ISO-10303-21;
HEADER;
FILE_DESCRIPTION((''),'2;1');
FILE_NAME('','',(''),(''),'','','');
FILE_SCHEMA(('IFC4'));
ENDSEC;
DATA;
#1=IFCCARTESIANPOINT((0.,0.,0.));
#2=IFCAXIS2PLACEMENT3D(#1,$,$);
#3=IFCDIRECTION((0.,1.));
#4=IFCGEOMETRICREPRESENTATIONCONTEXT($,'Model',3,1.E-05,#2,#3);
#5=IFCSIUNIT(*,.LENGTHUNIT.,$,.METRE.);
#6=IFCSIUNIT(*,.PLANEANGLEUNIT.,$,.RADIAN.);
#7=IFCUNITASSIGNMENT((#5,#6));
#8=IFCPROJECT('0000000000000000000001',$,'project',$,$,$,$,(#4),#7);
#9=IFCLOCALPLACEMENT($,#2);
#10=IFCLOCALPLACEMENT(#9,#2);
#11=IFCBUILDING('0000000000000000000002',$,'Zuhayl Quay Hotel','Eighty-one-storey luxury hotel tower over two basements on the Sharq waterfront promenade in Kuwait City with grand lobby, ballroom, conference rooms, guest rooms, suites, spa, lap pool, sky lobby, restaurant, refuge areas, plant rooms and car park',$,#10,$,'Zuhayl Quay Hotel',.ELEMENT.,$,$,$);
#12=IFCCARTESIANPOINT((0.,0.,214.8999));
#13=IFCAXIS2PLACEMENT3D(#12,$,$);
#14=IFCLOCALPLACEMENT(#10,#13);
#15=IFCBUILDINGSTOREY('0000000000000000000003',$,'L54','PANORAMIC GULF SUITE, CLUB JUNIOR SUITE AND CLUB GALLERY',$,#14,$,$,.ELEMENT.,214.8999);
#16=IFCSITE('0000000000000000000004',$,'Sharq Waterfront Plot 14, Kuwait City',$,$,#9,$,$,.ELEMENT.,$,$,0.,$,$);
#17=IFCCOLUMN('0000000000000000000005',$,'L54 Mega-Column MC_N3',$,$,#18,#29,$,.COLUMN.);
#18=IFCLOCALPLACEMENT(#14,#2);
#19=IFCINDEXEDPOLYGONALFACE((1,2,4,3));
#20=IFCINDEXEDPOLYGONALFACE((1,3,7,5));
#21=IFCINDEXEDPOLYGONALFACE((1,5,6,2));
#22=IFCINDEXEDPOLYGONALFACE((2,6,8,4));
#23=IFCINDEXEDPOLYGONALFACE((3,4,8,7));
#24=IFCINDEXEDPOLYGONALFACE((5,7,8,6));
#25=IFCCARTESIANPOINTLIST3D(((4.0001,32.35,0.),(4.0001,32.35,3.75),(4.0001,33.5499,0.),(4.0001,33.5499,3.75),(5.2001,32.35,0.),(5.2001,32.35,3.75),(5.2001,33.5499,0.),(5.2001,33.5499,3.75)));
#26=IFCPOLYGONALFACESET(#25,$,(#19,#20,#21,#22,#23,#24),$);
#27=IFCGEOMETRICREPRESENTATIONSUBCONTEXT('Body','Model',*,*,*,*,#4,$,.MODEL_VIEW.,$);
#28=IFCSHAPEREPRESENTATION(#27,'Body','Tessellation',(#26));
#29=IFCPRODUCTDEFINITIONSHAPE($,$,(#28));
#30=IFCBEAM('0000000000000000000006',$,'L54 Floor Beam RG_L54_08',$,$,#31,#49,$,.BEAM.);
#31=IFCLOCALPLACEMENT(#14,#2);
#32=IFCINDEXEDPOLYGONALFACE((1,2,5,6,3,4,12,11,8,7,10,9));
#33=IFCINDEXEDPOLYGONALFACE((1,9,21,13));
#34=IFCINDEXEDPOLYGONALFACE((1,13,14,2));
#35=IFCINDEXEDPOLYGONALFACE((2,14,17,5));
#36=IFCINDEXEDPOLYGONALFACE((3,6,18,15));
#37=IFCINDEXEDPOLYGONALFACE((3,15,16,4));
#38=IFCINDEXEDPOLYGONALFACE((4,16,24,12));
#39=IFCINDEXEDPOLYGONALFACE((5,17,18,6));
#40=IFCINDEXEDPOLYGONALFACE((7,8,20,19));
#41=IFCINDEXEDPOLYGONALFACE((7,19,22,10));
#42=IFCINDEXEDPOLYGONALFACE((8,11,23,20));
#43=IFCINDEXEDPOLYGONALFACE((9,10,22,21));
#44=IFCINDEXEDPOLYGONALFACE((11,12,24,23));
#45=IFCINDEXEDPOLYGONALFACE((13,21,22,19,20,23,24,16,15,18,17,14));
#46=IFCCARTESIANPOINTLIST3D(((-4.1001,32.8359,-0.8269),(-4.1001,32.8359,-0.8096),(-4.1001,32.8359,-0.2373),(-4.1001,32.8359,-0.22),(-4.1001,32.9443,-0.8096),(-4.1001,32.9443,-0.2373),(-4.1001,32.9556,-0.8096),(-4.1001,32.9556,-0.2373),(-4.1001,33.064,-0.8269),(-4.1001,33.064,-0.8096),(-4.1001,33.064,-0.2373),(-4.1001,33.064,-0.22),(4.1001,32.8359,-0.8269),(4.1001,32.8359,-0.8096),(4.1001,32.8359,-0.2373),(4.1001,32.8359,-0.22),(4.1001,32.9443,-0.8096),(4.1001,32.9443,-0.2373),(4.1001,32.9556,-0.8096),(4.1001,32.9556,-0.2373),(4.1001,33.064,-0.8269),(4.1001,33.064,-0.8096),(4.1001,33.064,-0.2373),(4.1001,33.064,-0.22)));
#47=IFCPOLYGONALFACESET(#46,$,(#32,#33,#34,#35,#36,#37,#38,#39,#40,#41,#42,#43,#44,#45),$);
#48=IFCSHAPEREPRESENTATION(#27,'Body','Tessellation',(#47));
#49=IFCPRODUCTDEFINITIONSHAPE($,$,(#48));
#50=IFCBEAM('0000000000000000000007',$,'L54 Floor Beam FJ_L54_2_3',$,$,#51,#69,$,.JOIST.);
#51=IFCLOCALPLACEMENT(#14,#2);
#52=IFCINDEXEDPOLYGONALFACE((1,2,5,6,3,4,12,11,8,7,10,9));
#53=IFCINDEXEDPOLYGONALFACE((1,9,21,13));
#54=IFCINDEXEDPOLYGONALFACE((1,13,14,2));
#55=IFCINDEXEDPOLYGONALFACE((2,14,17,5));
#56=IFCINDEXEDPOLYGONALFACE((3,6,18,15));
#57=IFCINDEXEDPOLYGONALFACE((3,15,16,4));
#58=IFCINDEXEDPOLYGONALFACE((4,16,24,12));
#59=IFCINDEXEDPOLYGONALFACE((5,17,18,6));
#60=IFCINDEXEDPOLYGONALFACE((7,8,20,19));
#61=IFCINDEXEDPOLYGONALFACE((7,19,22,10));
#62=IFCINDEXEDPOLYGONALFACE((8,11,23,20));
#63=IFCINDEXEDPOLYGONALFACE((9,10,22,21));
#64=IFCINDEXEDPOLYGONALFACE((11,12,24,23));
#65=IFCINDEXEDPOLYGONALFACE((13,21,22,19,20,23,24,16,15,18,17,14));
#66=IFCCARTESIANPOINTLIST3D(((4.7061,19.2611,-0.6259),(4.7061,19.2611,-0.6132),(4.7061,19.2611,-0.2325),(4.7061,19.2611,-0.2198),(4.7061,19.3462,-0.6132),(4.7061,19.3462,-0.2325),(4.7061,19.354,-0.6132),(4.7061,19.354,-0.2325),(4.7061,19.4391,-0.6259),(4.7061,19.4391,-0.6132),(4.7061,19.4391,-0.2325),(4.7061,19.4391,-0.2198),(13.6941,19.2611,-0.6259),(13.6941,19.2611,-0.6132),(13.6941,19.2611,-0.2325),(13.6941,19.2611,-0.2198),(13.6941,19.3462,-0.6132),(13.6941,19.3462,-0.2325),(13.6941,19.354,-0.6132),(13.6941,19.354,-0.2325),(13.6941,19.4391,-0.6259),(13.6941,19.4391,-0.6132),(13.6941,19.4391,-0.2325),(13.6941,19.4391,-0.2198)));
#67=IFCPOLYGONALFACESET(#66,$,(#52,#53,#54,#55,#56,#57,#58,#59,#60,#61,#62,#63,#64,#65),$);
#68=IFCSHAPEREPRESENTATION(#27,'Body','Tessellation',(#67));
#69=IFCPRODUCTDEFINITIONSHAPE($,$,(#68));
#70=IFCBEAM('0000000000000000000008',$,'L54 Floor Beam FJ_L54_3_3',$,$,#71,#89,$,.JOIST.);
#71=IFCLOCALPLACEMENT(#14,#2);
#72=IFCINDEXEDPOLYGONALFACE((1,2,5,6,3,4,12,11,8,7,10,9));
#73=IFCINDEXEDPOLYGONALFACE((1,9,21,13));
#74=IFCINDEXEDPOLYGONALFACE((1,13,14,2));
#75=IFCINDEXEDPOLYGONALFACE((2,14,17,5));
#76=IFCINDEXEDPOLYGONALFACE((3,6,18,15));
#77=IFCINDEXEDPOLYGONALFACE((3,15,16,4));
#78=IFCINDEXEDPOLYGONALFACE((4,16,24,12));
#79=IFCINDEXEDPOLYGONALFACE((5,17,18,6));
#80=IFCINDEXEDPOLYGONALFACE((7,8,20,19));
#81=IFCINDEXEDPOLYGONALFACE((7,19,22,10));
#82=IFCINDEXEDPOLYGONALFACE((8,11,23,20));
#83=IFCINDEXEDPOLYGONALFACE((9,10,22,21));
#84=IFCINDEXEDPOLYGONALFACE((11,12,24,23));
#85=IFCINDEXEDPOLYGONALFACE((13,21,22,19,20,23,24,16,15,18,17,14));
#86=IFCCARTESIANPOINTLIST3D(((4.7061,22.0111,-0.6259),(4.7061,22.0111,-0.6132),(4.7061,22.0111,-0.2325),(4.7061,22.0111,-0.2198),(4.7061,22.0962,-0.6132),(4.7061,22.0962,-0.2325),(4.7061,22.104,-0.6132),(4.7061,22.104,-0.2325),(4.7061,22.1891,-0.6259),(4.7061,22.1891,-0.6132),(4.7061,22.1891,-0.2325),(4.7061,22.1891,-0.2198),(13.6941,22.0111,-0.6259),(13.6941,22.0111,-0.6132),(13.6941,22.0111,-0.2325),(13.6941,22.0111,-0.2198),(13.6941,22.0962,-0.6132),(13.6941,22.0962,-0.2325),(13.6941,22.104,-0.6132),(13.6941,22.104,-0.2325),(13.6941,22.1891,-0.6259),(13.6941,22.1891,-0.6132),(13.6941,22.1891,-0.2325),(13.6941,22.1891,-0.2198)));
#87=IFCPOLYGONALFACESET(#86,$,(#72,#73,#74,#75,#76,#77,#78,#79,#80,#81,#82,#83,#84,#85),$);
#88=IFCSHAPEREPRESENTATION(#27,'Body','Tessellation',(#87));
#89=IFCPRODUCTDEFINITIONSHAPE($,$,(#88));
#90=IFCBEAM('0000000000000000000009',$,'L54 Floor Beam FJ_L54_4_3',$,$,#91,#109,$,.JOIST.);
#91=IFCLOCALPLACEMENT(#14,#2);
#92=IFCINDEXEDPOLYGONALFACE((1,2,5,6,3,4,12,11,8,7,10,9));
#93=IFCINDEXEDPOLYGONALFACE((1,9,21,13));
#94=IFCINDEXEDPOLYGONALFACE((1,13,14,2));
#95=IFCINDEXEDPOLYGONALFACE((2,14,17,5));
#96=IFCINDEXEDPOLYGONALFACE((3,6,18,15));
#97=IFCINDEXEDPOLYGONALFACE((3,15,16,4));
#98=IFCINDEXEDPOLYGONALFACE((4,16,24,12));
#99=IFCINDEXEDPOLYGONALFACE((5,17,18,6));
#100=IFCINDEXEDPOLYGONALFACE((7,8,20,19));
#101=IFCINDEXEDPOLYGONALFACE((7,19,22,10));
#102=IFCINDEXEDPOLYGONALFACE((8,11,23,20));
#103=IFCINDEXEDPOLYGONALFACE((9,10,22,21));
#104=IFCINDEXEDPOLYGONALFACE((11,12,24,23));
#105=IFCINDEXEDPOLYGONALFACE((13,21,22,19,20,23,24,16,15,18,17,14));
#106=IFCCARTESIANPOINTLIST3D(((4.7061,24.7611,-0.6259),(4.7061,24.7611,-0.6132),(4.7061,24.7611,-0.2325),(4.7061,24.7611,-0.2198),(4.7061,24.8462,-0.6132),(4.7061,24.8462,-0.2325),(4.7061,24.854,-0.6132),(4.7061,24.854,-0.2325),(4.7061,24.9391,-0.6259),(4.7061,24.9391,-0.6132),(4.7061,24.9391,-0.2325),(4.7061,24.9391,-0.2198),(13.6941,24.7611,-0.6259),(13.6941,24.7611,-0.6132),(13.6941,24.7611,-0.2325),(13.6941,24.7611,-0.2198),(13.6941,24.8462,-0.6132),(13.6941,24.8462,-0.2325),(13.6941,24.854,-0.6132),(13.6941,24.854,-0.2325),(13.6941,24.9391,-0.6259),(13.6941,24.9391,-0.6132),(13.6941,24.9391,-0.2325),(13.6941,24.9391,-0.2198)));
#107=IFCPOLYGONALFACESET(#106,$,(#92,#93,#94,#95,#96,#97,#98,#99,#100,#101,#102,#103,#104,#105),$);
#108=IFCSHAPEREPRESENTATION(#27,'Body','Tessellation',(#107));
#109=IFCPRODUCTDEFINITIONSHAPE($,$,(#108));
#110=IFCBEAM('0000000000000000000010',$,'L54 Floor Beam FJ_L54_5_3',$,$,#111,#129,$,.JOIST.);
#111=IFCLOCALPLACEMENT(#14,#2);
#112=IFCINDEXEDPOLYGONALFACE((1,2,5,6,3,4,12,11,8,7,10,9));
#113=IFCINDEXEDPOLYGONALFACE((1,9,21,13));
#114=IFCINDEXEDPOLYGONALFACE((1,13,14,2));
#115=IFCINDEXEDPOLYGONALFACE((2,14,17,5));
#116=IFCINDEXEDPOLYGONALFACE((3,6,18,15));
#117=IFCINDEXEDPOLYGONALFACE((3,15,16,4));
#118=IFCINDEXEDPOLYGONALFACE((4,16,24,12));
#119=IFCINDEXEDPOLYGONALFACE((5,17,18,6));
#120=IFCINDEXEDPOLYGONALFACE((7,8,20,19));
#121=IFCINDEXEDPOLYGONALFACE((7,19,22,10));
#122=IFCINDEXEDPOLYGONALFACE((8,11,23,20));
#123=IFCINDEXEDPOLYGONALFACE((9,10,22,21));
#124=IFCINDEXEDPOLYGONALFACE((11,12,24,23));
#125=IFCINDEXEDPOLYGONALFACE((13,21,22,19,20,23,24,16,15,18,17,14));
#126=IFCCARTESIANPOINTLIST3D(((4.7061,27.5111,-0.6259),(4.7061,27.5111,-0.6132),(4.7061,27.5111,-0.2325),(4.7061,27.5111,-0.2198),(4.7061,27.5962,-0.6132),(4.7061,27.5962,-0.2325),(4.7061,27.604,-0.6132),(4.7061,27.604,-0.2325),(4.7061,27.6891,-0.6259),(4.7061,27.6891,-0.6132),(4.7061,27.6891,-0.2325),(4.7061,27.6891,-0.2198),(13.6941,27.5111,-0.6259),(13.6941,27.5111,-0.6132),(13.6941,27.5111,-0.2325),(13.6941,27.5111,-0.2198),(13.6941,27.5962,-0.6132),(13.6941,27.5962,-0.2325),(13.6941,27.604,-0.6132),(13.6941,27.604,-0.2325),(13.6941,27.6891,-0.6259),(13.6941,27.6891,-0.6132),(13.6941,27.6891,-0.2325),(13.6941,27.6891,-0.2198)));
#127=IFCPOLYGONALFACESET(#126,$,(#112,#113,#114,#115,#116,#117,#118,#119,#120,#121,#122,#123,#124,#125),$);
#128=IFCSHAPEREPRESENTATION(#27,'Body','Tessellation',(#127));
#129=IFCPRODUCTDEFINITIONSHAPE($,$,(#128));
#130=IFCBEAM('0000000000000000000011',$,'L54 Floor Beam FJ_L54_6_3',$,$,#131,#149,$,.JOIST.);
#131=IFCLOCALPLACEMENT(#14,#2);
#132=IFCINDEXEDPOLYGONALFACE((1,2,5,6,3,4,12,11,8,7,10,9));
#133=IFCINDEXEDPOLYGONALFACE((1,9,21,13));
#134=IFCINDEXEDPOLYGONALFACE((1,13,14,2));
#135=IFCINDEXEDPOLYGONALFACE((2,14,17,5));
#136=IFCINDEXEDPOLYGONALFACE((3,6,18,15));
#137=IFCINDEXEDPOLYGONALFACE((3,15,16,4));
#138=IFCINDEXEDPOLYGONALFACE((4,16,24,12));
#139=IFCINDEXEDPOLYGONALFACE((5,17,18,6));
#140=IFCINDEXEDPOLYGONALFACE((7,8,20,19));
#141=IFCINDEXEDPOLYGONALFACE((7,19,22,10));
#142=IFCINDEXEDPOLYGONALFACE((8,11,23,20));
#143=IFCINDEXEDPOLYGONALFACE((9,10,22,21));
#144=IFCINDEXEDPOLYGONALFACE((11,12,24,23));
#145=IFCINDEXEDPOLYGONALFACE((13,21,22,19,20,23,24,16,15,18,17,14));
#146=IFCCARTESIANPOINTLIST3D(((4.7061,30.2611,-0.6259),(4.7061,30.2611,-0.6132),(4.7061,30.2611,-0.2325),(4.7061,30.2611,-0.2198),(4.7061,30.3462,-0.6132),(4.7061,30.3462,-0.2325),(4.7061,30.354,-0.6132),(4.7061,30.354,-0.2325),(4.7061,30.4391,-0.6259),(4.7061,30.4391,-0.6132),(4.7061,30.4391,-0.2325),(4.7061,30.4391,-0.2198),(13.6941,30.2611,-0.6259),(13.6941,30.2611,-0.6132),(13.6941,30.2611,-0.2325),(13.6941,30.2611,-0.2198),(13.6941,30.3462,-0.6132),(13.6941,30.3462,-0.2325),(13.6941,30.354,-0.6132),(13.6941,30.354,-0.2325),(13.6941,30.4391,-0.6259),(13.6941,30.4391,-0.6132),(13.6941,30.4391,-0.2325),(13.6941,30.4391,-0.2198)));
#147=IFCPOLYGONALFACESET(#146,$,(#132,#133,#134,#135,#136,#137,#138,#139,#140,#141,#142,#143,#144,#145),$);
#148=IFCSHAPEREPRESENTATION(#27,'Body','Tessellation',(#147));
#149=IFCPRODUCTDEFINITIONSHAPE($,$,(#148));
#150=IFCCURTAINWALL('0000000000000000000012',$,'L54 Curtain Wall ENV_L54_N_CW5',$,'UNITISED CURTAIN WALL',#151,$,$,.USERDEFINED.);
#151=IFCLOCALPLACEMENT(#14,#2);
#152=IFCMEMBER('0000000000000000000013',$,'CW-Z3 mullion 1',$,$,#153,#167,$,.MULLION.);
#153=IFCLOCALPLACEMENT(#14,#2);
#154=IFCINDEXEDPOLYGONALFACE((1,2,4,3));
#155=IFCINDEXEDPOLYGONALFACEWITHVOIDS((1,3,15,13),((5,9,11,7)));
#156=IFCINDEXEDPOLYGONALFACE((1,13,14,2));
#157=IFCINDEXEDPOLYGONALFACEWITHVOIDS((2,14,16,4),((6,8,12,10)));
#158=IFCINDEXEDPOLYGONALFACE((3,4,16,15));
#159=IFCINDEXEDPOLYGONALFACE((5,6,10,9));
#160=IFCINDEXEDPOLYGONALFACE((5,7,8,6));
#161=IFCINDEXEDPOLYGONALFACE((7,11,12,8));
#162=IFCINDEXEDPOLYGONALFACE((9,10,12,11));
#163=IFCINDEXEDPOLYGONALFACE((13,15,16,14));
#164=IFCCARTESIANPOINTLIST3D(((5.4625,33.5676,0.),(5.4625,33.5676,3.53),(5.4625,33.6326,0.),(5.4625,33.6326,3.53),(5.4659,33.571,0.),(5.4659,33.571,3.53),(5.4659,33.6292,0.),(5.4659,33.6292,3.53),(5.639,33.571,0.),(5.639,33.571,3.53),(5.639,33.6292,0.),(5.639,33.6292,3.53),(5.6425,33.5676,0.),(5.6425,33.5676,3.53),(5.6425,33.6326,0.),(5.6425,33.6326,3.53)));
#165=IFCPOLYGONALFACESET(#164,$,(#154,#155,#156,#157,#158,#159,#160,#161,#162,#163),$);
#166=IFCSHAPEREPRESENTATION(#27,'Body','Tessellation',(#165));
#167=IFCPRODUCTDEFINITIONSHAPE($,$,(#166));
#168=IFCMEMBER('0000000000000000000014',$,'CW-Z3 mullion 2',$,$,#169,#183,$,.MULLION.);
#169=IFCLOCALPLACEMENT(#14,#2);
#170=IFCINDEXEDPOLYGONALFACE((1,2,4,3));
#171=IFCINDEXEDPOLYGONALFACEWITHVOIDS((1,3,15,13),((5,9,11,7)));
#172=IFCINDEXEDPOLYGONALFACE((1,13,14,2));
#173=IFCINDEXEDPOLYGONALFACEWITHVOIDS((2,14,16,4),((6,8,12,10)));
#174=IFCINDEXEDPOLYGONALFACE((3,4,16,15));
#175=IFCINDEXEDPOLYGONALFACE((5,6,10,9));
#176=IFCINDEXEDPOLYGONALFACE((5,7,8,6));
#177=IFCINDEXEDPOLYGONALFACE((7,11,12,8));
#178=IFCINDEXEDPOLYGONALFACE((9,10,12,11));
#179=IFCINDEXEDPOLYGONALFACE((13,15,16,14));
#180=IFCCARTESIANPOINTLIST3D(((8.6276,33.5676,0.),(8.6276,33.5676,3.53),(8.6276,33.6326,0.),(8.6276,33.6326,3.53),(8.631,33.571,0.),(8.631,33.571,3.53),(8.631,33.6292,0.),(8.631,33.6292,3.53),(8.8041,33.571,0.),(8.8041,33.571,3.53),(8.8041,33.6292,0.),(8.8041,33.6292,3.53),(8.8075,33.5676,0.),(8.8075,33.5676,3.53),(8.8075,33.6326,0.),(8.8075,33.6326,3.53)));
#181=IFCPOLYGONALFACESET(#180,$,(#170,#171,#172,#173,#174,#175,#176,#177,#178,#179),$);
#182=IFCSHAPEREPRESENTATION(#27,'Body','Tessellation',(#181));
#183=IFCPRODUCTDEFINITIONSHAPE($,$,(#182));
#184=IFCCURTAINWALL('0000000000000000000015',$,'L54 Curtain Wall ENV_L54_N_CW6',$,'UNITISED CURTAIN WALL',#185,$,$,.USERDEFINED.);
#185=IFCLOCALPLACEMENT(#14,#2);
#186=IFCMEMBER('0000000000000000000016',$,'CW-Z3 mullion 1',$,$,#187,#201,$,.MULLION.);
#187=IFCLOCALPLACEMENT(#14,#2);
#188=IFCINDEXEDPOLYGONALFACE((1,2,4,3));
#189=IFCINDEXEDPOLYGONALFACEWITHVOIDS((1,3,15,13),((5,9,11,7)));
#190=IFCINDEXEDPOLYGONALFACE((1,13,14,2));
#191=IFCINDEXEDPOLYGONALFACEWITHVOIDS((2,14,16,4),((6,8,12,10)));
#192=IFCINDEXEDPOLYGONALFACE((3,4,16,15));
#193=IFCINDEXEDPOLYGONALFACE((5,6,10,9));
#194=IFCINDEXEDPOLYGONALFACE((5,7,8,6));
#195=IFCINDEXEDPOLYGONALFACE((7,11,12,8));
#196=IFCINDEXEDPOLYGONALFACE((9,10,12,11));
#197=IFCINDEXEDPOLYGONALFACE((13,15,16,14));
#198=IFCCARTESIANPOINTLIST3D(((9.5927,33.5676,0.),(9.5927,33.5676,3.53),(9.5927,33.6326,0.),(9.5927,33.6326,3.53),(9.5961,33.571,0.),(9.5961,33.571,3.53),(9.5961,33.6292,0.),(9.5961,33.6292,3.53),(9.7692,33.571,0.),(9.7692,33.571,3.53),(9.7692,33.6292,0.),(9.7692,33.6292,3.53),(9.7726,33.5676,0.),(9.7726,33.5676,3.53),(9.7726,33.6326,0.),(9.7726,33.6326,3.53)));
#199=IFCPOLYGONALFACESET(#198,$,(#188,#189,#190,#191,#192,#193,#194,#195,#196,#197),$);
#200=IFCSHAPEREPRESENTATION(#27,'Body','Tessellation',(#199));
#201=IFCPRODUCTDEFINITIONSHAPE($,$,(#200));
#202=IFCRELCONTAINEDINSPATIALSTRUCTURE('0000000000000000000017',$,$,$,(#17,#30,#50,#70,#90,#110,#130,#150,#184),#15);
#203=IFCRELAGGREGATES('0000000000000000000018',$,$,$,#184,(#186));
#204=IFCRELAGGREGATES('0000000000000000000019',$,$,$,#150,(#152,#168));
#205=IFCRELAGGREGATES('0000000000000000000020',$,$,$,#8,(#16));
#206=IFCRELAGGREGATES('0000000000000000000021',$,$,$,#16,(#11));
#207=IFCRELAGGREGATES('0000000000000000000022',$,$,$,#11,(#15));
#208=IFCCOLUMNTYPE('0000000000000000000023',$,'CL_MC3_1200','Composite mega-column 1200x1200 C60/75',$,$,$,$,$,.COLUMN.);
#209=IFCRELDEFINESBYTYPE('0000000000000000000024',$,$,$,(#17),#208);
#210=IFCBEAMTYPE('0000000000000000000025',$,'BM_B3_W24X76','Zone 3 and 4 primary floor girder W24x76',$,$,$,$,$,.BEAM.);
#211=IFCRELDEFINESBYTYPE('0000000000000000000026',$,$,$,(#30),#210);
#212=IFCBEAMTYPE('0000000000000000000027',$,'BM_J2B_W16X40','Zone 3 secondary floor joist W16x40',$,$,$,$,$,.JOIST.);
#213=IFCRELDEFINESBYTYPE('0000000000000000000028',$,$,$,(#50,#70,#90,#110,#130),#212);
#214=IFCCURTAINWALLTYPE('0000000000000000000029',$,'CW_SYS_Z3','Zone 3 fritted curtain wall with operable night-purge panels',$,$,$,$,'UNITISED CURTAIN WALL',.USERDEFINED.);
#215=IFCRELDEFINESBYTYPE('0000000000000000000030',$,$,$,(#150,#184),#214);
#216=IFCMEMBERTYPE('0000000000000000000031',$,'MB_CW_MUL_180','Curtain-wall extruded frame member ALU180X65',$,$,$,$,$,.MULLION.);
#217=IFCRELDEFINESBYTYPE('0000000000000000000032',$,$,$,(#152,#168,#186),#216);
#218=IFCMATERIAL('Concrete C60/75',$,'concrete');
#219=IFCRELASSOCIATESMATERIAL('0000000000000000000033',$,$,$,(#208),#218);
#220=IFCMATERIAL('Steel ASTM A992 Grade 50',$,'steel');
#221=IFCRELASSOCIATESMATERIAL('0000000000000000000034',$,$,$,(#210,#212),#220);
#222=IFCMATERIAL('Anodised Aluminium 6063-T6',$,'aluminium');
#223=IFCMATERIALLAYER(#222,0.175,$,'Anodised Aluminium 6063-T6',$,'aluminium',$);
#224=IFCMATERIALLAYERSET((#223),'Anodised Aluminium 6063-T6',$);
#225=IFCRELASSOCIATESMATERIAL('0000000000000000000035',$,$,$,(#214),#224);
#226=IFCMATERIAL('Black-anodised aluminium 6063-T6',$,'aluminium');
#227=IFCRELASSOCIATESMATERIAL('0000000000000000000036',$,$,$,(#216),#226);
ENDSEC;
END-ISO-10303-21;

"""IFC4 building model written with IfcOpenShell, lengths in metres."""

from ifc_helpers import new_model, si_unit, direction, frame, origin, origin_2d, place, context, subcontext, project, spatial, rectangle, hollow_rectangle, i_section, extrude, material, layer, layer_set, material_profile, profile_set, type_object, element, aggregate, save


model = new_model("IFC4")

# Units and contexts
model_context = context("Model", 3, precision=1e-05, world=origin(), true_north=direction((0.0, 1.0)))
body_context = subcontext(model_context, "Body", "Model", "MODEL_VIEW")
ifc_project = project(units=[si_unit("LENGTHUNIT", "METRE"), si_unit("PLANEANGLEUNIT", "RADIAN")], contexts=[model_context])

# Site, building, storey
site_placement = place(None, origin())
site = spatial("IfcSite", under=ifc_project, at=site_placement, Name="Sharq Waterfront Plot 14, Kuwait City", CompositionType="ELEMENT", RefElevation=0.0)
building_placement = place(site_placement, origin())
building = spatial("IfcBuilding", under=site, at=building_placement, Name="Zuhayl Quay Hotel", Description="Eighty-one-storey luxury hotel tower over two basements on the Sharq waterfront promenade in Kuwait City with grand lobby, ballroom, conference rooms, guest rooms, suites, spa, lap pool, sky lobby, restaurant, refuge areas, plant rooms and car park", LongName="Zuhayl Quay Hotel", CompositionType="ELEMENT")
storey_placement = place(building_placement, frame((0.0, 0.0, 214.8999)))
storey = spatial("IfcBuildingStorey", under=building, at=storey_placement, Name="L54", Description="PANORAMIC GULF SUITE, CLUB JUNIOR SUITE AND CLUB GALLERY", CompositionType="ELEMENT", Elevation=214.8999)

# Column
ifc_material_1 = material(Name="Concrete C60/75", Category="concrete")
ifc_material_profile_1 = material_profile(ifc_material_1, rectangle(XDim=1.2, YDim=1.2, at=origin_2d()), Name="RC1200X1200")
ifc_profile_set_1 = profile_set([ifc_material_profile_1], Name="Concrete C60/75")
column_type = type_object("IfcColumnType", Name="CL_MC3_1200", Description="Composite mega-column 1200x1200 C60/75", PredefinedType="COLUMN", material=ifc_profile_set_1)
column_placement = place(storey_placement, frame((4.6001, 32.95, 0.0), z_axis=(0.0, 0.0, 1.0), x_axis=(1.0, 0.0, 0.0)))
element("IfcColumn", 1, at=column_placement, inside=storey, type_object=column_type, Name="L54 Mega-Column MC_N3", PredefinedType="COLUMN", context=body_context, shape_type="SweptSolid", body=[
    extrude(rectangle(XDim=1.2, YDim=1.2, at=origin_2d()), origin(), (0.0, 0.0, 1.0), 3.75),
])

# Beams
ifc_material_2 = material(Name="Steel ASTM A992 Grade 50", Category="steel")
ifc_material_profile_2 = material_profile(ifc_material_2, i_section(OverallWidth=0.228, OverallDepth=0.6069, WebThickness=0.0112, FlangeThickness=0.0173, at=origin_2d()), Name="W24X76")
ifc_profile_set_2 = profile_set([ifc_material_profile_2], Name="Steel ASTM A992 Grade 50")
beam_type_1 = type_object("IfcBeamType", Name="BM_B3_W24X76", Description="Zone 3 and 4 primary floor girder W24x76", PredefinedType="BEAM", material=ifc_profile_set_2)
beam_placement = place(storey_placement, frame((4.1001, 32.95, -0.5234), z_axis=(-1.0, 0.0, 0.0), x_axis=(0.0, -1.0, 0.0)))
element("IfcBeam", 2, at=beam_placement, inside=storey, type_object=beam_type_1, Name="L54 Floor Beam RG_L54_08", PredefinedType="BEAM", context=body_context, shape_type="SweptSolid", body=[
    extrude(i_section(OverallWidth=0.228, OverallDepth=0.6069, WebThickness=0.0112, FlangeThickness=0.0173, at=origin_2d()), origin(), (0.0, 0.0, 1.0), 8.2002),
])
ifc_material_profile_3 = material_profile(ifc_material_2, i_section(OverallWidth=0.178, OverallDepth=0.406, WebThickness=0.0078, FlangeThickness=0.0127, at=origin_2d()), Name="W16X40")
ifc_profile_set_3 = profile_set([ifc_material_profile_3], Name="Steel ASTM A992 Grade 50")
beam_type_2 = type_object("IfcBeamType", Name="BM_J2B_W16X40", Description="Zone 3 secondary floor joist W16x40", PredefinedType="JOIST", material=ifc_profile_set_3)
for number, where, z_axis, x_axis, name in (
    (3, (4.7061, 19.3501, -0.4229), (1.0, 0.0, 0.0), (0.0, 1.0, 0.0), "L54 Floor Beam FJ_L54_2_3"),
    (4, (4.7061, 22.1001, -0.4229), (1.0, 0.0, 0.0), (0.0, 1.0, 0.0), "L54 Floor Beam FJ_L54_3_3"),
    (5, (4.7061, 24.8501, -0.4229), (1.0, 0.0, 0.0), (0.0, 1.0, 0.0), "L54 Floor Beam FJ_L54_4_3"),
    (6, (4.7061, 27.6001, -0.4229), (1.0, 0.0, 0.0), (0.0, 1.0, 0.0), "L54 Floor Beam FJ_L54_5_3"),
    (7, (4.7061, 30.3501, -0.4229), (1.0, 0.0, 0.0), (0.0, 1.0, 0.0), "L54 Floor Beam FJ_L54_6_3"),
):
    element("IfcBeam", number, at=place(storey_placement, frame(where, z_axis=z_axis, x_axis=x_axis)), inside=storey, type_object=beam_type_2, Name=name, PredefinedType="JOIST", context=body_context, shape_type="SweptSolid", body=[
        extrude(i_section(OverallWidth=0.178, OverallDepth=0.406, WebThickness=0.0078, FlangeThickness=0.0127, at=origin_2d()), origin(), (0.0, 0.0, 1.0), 8.988),
    ])

# Curtain wall, members
ifc_material_3 = material(Name="Anodised Aluminium 6063-T6", Category="aluminium")
ifc_layer_1 = layer(ifc_material_3, 0.175, Name="Anodised Aluminium 6063-T6", Category="aluminium")
ifc_layer_set_1 = layer_set([ifc_layer_1], Name="Anodised Aluminium 6063-T6")
curtain_wall_type = type_object("IfcCurtainWallType", Name="CW_SYS_Z3", Description="Zone 3 fritted curtain wall with operable night-purge panels", ElementType="UNITISED CURTAIN WALL", PredefinedType="USERDEFINED", material=ifc_layer_set_1)
curtain_wall_1_placement = place(storey_placement, origin())
curtain_wall_1 = element("IfcCurtainWall", 8, at=curtain_wall_1_placement, inside=storey, type_object=curtain_wall_type, Name="L54 Curtain Wall ENV_L54_N_CW5", ObjectType="UNITISED CURTAIN WALL", PredefinedType="USERDEFINED")
ifc_material_4 = material(Name="Black-anodised aluminium 6063-T6", Category="aluminium")
ifc_material_profile_4 = material_profile(ifc_material_4, hollow_rectangle(XDim=0.0649, YDim=0.1799, WallThickness=0.0034, at=origin_2d()), Name="ALU180X65")
ifc_profile_set_4 = profile_set([ifc_material_profile_4], Name="Black-anodised aluminium 6063-T6")
member_type_1 = type_object("IfcMemberType", Name="MB_CW_MUL_180", Description="Curtain-wall extruded frame member ALU180X65", PredefinedType="MULLION", material=ifc_profile_set_4)
member_1_placement = place(storey_placement, frame((5.5525, 33.6001, 0.0), z_axis=(0.0, 0.0, 1.0), x_axis=(0.0, 1.0, 0.0)))
member_1 = element("IfcMember", 9, at=member_1_placement, type_object=member_type_1, Name="CW-Z3 mullion 1", PredefinedType="MULLION", context=body_context, shape_type="SweptSolid", body=[
    extrude(hollow_rectangle(XDim=0.0649, YDim=0.1799, WallThickness=0.0034, at=origin_2d()), origin(), (0.0, 0.0, 1.0), 3.53),
])
member_2_placement = place(storey_placement, frame((8.7175, 33.6001, 0.0), z_axis=(0.0, 0.0, 1.0), x_axis=(0.0, 1.0, 0.0)))
member_2 = element("IfcMember", 10, at=member_2_placement, type_object=member_type_1, Name="CW-Z3 mullion 2", PredefinedType="MULLION", context=body_context, shape_type="SweptSolid", body=[
    extrude(hollow_rectangle(XDim=0.0649, YDim=0.1799, WallThickness=0.0034, at=origin_2d()), origin(), (0.0, 0.0, 1.0), 3.53),
])

# Curtain wall, member
curtain_wall_2_placement = place(storey_placement, origin())
curtain_wall_2 = element("IfcCurtainWall", 11, at=curtain_wall_2_placement, inside=storey, type_object=curtain_wall_type, Name="L54 Curtain Wall ENV_L54_N_CW6", ObjectType="UNITISED CURTAIN WALL", PredefinedType="USERDEFINED")
member_3_placement = place(storey_placement, frame((9.6826, 33.6001, 0.0), z_axis=(0.0, 0.0, 1.0), x_axis=(0.0, 1.0, 0.0)))
member_3 = element("IfcMember", 12, at=member_3_placement, type_object=member_type_1, Name="CW-Z3 mullion 1", PredefinedType="MULLION", context=body_context, shape_type="SweptSolid", body=[
    extrude(hollow_rectangle(XDim=0.0649, YDim=0.1799, WallThickness=0.0034, at=origin_2d()), origin(), (0.0, 0.0, 1.0), 3.53),
])

aggregate(curtain_wall_2, [member_3])

aggregate(curtain_wall_1, [member_1, member_2])

save(model, "model.ifc")
